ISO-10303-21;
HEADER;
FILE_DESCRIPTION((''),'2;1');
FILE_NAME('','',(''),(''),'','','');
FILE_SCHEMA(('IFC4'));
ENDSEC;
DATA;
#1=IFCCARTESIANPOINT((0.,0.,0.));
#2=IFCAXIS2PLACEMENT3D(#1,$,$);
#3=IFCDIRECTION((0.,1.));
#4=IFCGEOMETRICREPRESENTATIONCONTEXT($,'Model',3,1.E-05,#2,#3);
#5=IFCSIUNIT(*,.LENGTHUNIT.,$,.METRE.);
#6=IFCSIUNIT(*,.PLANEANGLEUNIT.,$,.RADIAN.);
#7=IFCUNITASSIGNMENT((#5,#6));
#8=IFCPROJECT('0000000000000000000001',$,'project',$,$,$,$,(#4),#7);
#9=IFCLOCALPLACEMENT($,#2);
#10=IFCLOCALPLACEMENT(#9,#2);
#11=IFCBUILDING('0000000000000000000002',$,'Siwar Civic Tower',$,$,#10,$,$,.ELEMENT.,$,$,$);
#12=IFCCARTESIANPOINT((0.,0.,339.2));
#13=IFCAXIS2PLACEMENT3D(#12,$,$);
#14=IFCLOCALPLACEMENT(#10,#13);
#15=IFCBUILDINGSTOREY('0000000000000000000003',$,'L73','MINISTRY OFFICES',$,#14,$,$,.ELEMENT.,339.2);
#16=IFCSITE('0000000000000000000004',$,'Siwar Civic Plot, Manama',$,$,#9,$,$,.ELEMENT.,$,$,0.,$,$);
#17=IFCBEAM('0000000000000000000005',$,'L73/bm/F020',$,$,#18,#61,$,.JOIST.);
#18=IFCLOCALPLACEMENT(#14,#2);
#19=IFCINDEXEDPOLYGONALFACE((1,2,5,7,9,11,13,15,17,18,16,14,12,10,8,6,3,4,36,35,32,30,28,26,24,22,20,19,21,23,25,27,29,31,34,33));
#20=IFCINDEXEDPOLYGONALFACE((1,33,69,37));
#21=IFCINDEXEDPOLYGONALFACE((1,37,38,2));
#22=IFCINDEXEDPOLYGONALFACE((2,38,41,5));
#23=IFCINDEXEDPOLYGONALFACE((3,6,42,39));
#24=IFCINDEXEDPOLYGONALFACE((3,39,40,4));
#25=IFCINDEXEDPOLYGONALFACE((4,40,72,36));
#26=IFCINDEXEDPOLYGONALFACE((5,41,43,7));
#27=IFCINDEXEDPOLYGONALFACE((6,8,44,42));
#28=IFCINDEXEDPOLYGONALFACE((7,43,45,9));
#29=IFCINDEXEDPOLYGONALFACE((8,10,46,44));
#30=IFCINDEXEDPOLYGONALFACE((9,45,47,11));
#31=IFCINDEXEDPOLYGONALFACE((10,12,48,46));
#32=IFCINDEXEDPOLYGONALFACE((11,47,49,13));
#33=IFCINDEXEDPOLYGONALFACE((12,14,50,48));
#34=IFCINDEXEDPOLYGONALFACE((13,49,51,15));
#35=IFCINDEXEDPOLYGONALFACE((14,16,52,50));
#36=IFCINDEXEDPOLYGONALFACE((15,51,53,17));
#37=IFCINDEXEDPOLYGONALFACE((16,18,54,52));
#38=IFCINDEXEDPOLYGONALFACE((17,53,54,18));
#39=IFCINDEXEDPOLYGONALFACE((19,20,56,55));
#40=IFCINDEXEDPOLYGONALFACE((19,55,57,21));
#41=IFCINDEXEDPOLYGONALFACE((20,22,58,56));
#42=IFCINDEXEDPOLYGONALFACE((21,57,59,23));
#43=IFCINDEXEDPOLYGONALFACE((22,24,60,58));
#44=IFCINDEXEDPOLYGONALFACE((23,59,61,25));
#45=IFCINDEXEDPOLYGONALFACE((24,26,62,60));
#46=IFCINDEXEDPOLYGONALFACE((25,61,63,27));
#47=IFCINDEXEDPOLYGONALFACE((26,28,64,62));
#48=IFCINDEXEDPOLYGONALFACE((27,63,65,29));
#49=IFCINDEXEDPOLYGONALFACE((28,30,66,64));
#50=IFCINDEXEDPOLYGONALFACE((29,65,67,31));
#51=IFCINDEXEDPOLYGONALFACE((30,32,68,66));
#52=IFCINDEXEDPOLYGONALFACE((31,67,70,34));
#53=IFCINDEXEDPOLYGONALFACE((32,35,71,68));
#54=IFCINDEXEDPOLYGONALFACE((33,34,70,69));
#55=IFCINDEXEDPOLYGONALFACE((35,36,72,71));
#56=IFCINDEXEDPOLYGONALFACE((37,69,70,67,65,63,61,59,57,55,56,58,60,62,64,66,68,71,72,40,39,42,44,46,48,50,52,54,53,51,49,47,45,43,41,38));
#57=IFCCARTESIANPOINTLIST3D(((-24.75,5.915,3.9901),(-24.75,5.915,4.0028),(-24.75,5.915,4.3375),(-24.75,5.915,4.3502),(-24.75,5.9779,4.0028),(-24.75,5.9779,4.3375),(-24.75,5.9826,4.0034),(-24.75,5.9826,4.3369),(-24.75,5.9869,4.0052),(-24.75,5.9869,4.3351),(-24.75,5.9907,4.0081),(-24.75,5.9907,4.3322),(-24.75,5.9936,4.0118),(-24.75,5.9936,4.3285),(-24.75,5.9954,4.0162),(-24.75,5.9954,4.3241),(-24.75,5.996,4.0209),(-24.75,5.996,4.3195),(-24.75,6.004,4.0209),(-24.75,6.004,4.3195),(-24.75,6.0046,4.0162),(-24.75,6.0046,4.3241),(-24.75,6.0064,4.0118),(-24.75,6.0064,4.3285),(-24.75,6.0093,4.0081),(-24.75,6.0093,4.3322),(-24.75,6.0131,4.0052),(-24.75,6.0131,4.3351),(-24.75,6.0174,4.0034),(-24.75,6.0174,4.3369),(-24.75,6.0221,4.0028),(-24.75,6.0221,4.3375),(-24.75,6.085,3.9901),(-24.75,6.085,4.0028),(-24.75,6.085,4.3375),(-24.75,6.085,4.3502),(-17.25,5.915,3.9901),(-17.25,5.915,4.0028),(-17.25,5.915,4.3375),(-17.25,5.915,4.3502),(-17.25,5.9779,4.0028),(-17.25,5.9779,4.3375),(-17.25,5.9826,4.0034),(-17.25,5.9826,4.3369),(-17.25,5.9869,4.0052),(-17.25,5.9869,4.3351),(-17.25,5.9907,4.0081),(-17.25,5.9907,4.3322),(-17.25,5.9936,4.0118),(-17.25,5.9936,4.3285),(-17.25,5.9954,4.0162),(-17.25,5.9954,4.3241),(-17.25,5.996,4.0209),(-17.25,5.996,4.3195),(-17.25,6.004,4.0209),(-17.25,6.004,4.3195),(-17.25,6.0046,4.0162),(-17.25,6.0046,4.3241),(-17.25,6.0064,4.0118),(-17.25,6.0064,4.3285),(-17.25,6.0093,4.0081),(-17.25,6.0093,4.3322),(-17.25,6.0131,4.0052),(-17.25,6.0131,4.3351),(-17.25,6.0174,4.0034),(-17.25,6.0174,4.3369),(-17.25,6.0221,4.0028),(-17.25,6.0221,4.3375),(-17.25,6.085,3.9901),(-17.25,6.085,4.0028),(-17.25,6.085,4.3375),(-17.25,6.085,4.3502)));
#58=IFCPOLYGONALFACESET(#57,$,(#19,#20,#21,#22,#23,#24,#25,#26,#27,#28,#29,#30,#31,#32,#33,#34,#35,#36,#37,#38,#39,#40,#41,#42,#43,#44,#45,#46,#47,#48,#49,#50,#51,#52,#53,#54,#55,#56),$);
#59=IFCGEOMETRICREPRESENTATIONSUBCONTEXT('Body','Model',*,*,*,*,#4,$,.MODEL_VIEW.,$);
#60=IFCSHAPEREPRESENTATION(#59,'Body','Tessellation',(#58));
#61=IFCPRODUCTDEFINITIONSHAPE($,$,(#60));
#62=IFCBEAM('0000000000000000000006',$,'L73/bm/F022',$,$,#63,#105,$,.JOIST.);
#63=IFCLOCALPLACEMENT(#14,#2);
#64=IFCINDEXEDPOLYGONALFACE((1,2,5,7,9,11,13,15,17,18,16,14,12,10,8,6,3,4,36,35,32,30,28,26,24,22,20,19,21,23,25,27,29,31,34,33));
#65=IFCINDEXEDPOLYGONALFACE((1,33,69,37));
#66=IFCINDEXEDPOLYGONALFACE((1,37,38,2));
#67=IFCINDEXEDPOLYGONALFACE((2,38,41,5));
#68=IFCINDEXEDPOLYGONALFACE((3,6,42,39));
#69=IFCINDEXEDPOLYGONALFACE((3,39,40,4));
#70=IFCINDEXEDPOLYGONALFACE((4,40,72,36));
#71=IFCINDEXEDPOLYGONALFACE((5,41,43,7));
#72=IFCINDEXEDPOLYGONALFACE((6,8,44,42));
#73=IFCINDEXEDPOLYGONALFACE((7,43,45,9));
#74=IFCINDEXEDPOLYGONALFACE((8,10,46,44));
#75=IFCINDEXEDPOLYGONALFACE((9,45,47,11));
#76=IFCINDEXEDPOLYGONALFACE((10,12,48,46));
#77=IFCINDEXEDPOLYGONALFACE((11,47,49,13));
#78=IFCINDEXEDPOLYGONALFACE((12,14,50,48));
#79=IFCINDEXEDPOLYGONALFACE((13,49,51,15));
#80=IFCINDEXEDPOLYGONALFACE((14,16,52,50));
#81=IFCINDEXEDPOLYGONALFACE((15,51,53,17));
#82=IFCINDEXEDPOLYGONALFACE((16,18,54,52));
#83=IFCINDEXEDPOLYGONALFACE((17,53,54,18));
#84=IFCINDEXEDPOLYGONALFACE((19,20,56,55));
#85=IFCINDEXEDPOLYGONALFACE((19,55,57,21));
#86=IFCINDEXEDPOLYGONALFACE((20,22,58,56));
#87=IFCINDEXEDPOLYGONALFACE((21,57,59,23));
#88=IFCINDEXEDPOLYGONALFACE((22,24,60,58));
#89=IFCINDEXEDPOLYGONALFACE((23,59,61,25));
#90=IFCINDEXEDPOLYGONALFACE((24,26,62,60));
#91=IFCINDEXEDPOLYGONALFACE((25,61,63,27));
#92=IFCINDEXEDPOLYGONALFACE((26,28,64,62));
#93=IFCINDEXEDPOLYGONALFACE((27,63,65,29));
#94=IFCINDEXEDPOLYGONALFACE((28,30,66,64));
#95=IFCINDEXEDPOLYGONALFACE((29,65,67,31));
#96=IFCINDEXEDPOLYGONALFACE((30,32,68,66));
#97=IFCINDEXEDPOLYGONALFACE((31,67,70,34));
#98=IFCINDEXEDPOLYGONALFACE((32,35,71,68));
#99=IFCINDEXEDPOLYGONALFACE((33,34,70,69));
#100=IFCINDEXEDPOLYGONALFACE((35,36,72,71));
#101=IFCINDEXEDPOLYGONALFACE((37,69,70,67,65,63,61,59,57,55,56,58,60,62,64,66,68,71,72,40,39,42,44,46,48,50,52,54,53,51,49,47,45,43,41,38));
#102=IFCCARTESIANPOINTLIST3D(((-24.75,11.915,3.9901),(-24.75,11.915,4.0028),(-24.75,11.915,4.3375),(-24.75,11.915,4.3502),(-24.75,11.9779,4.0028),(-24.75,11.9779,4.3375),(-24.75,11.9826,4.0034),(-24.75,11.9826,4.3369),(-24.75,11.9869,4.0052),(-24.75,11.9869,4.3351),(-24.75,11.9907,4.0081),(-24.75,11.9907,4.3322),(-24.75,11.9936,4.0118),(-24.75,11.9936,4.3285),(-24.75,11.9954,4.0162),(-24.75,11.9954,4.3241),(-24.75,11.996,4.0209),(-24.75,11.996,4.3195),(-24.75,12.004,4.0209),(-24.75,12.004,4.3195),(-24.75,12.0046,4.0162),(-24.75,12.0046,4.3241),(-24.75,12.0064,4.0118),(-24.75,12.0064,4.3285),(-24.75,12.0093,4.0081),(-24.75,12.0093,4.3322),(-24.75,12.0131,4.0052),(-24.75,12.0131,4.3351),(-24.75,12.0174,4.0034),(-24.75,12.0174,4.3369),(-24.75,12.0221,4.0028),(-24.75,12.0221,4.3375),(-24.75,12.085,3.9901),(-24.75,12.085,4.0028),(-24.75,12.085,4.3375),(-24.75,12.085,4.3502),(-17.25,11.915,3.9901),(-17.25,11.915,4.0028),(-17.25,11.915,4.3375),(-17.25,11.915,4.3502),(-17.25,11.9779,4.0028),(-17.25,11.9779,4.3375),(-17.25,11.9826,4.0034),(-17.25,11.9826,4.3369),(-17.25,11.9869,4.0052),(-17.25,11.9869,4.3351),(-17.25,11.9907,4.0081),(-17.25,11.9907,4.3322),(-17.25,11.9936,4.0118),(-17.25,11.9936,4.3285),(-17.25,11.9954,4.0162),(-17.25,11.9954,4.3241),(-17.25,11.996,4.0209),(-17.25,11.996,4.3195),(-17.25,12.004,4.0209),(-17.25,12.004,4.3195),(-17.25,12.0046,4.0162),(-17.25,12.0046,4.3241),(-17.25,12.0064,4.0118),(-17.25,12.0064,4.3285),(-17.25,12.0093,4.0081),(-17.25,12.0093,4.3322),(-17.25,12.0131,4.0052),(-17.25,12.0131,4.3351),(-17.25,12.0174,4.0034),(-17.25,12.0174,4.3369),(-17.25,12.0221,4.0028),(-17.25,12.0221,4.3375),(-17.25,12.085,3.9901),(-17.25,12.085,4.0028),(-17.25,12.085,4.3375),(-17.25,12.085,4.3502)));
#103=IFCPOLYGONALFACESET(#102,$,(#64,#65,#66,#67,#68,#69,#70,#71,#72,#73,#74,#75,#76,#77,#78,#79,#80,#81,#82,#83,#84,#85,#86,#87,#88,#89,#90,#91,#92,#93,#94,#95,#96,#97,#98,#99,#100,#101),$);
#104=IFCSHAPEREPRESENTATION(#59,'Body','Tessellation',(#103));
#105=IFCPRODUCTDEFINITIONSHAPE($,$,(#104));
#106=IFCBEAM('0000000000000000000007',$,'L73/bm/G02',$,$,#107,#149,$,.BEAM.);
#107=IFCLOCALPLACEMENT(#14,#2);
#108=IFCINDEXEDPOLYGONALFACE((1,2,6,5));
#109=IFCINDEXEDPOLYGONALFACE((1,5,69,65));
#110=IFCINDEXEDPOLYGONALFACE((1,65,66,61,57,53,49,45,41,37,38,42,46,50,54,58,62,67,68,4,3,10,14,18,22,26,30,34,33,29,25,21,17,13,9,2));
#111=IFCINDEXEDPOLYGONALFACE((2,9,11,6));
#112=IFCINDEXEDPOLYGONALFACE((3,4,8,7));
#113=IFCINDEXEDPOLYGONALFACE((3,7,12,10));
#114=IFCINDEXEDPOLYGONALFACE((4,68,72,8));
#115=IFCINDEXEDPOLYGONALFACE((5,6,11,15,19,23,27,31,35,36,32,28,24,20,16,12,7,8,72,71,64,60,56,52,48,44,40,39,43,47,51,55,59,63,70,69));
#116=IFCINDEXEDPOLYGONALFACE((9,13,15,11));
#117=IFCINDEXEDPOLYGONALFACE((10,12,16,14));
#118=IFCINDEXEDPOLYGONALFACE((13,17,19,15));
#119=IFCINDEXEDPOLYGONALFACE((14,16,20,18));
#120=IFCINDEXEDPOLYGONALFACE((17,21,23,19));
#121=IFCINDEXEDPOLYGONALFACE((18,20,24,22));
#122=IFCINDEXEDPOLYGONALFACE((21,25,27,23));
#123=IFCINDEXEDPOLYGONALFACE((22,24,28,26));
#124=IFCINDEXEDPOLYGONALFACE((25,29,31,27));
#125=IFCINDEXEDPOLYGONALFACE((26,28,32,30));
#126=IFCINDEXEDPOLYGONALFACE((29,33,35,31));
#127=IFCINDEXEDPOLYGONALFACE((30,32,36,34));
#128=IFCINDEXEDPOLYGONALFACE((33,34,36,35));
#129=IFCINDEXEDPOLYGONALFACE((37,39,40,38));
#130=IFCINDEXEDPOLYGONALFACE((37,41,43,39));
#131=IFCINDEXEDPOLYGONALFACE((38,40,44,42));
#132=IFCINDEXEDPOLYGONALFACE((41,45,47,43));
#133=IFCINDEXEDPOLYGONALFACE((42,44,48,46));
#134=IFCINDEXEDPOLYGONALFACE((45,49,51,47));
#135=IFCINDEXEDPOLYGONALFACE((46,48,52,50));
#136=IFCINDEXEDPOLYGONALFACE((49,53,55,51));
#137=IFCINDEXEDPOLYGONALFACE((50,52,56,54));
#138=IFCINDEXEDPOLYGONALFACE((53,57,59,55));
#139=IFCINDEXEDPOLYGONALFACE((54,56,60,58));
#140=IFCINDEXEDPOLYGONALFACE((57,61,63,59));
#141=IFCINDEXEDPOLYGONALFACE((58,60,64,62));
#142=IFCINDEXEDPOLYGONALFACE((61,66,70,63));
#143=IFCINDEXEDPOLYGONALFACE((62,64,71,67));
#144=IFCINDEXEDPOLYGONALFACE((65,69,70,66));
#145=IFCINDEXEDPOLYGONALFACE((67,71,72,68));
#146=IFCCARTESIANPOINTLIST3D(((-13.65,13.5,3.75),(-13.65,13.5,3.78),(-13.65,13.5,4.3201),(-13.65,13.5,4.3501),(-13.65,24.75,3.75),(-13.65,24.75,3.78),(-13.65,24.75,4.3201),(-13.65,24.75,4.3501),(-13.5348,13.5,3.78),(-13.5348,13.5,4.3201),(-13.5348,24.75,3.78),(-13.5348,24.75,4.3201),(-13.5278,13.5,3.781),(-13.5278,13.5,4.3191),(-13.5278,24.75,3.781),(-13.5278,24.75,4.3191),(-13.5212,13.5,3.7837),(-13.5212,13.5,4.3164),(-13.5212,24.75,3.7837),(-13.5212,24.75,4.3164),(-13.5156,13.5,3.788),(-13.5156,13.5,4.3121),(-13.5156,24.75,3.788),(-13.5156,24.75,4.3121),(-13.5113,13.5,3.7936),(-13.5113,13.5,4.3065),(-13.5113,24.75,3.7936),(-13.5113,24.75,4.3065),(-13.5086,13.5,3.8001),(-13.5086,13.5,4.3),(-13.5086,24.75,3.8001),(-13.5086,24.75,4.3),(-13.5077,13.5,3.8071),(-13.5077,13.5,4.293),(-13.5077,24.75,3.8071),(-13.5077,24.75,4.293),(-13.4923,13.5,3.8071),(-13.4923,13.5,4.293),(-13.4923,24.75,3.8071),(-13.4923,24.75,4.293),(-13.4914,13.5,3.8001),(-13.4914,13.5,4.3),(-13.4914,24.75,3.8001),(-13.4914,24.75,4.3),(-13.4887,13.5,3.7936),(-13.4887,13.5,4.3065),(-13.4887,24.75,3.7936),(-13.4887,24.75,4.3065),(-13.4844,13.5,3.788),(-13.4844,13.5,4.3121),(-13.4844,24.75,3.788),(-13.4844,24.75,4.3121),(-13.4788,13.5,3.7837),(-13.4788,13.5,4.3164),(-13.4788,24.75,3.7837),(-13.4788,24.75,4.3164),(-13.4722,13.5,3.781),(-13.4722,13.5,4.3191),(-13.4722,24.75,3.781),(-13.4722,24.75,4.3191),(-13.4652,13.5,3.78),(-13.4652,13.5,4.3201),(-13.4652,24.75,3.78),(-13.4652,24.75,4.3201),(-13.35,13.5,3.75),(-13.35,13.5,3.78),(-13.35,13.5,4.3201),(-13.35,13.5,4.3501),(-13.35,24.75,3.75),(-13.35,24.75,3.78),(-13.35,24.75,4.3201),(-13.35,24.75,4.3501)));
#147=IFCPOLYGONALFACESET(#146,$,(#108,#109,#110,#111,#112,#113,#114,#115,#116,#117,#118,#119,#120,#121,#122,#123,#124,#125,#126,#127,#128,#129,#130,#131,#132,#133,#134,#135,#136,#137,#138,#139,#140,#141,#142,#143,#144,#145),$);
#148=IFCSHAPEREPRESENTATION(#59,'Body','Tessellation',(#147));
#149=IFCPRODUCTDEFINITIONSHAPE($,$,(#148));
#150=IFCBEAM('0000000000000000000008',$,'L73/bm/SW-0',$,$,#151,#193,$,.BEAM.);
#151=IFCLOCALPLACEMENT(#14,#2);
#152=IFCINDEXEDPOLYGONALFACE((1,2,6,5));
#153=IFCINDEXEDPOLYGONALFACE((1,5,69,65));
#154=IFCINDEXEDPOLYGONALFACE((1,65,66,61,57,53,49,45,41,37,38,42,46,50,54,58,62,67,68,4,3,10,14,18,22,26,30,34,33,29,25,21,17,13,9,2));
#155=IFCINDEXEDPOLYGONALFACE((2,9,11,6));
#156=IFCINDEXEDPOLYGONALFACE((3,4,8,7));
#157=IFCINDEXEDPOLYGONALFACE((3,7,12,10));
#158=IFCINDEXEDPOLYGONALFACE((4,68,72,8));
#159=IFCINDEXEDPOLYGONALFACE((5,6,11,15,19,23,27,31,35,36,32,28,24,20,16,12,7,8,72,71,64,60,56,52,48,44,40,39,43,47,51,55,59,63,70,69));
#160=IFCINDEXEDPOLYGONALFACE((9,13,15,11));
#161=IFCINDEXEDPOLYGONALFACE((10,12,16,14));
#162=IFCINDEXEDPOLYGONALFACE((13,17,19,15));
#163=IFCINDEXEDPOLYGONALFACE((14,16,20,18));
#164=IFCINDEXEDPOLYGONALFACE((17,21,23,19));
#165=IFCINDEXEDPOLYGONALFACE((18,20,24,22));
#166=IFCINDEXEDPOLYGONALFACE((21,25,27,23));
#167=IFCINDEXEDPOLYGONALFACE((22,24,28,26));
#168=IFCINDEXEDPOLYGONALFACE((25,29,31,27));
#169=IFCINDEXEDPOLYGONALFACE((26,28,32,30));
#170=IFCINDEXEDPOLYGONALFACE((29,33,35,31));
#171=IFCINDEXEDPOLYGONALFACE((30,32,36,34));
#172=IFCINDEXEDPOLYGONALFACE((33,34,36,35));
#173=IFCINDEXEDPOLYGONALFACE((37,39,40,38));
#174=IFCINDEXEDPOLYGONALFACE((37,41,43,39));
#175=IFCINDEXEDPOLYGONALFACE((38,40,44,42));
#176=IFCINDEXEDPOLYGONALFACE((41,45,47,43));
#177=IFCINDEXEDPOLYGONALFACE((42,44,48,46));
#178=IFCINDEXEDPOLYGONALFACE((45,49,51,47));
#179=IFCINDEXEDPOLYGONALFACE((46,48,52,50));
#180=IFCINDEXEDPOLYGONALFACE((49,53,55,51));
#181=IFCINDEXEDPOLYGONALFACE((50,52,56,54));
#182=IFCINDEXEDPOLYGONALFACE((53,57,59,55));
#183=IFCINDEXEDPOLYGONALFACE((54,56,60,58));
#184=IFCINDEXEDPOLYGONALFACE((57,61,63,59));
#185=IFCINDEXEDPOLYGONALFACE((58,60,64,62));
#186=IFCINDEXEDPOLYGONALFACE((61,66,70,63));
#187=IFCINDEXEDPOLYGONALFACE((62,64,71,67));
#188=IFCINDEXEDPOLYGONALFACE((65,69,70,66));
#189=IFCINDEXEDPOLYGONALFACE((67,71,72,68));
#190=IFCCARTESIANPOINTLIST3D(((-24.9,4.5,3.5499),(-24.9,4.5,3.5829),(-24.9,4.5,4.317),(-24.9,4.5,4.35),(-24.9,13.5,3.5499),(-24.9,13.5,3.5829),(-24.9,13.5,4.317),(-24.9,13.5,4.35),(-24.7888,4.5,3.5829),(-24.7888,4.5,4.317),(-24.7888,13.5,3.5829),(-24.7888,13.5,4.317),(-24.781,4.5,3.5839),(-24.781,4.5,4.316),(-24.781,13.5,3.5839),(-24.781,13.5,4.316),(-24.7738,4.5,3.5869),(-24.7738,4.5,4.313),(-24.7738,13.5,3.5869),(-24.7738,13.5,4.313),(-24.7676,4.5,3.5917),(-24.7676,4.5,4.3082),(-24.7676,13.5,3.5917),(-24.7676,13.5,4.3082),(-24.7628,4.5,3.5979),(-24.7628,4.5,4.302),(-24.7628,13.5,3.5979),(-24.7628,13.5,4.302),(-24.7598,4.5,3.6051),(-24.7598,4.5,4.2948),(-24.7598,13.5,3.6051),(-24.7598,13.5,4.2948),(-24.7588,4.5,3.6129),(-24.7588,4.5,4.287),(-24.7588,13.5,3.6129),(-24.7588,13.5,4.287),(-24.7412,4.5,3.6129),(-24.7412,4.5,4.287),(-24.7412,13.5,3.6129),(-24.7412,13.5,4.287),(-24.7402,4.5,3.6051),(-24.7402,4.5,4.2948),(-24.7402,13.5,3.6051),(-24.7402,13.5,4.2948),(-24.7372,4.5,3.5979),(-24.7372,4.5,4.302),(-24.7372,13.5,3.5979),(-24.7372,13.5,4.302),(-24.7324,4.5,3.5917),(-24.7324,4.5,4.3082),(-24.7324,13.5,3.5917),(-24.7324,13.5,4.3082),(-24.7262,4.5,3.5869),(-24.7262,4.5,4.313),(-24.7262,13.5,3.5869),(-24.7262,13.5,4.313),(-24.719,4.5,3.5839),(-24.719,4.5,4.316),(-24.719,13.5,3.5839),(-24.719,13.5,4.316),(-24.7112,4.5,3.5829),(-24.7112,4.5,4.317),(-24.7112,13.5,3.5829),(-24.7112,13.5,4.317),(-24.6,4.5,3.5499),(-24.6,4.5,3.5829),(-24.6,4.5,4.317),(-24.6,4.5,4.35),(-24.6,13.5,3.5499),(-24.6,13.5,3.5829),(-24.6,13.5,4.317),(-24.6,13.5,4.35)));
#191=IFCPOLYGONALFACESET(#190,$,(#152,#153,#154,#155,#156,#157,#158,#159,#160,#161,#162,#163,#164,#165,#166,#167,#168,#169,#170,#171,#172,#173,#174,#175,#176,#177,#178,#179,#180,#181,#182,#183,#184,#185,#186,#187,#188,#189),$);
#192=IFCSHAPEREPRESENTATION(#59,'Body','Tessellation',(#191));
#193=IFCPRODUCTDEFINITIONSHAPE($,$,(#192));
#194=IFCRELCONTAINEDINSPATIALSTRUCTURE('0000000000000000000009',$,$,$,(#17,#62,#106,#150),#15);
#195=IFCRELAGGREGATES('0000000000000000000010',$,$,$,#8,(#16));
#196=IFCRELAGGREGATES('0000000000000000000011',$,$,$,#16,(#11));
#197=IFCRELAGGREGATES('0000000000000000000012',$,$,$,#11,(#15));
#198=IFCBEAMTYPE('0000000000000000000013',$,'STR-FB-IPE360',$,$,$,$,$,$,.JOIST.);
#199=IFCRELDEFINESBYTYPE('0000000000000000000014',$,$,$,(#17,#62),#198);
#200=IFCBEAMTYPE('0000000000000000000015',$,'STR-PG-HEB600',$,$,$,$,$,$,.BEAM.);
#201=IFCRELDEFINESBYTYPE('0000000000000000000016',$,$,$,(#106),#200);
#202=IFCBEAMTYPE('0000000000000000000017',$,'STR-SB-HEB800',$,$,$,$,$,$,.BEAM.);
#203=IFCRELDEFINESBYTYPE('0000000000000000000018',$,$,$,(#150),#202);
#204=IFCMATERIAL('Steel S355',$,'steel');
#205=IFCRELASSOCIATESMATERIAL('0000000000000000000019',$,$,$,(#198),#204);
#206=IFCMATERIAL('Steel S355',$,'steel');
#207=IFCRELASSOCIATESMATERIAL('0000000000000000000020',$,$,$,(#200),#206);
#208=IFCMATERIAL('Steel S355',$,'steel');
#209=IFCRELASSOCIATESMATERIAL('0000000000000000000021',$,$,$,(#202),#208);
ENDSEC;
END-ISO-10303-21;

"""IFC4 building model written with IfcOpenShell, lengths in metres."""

from ifc_helpers import new_model, si_unit, direction, frame, origin, origin_2d, place, context, subcontext, project, spatial, i_section, extrude, material, material_profile, profile_set, type_object, element, save


model = new_model("IFC4")

# Units and contexts
model_context = context("Model", 3, precision=1e-05, world=origin(), true_north=direction((0.0, 1.0)))
body_context = subcontext(model_context, "Body", "Model", "MODEL_VIEW")
ifc_project = project(units=[si_unit("LENGTHUNIT", "METRE"), si_unit("PLANEANGLEUNIT", "RADIAN")], contexts=[model_context])

# Site, building, storey
site_placement = place(None, origin())
site = spatial("IfcSite", under=ifc_project, at=site_placement, Name="Siwar Civic Plot, Manama", CompositionType="ELEMENT", RefElevation=0.0)
building_placement = place(site_placement, origin())
building = spatial("IfcBuilding", under=site, at=building_placement, Name="Siwar Civic Tower", CompositionType="ELEMENT")
storey_placement = place(building_placement, frame((0.0, 0.0, 339.2)))
storey = spatial("IfcBuildingStorey", under=building, at=storey_placement, Name="L73", Description="MINISTRY OFFICES", CompositionType="ELEMENT", Elevation=339.2)

# Beams
ifc_material_1 = material(Name="Steel S355", Category="steel")
ifc_material_profile_1 = material_profile(ifc_material_1, i_section(OverallWidth=0.1699, OverallDepth=0.3601, WebThickness=0.0081, FlangeThickness=0.0127, FilletRadius=0.0181, at=origin_2d()), Name="IPE360")
ifc_profile_set_1 = profile_set([ifc_material_profile_1], Name="Steel S355")
beam_type_1 = type_object("IfcBeamType", Name="STR-FB-IPE360", PredefinedType="JOIST", material=ifc_profile_set_1)
for number, where, z_axis, x_axis, name in (
    (1, (-24.75, 6.0, 4.1702), (1.0, 0.0, 0.0), (0.0, 1.0, 0.0), "L73/bm/F020"),
    (2, (-24.75, 12.0, 4.1702), (1.0, 0.0, 0.0), (0.0, 1.0, 0.0), "L73/bm/F022"),
):
    element("IfcBeam", number, at=place(storey_placement, frame(where, z_axis=z_axis, x_axis=x_axis)), inside=storey, type_object=beam_type_1, Name=name, PredefinedType="JOIST", context=body_context, shape_type="SweptSolid", body=[
        extrude(i_section(OverallWidth=0.1699, OverallDepth=0.3601, WebThickness=0.0081, FlangeThickness=0.0127, FilletRadius=0.0181, at=origin_2d()), origin(), (0.0, 0.0, 1.0), 7.5),
    ])
ifc_material_2 = material(Name="Steel S355", Category="steel")
ifc_material_profile_2 = material_profile(ifc_material_2, i_section(OverallWidth=0.3, OverallDepth=0.6001, WebThickness=0.0154, FlangeThickness=0.03, FilletRadius=0.0271, at=origin_2d()), Name="HEB600")
ifc_profile_set_2 = profile_set([ifc_material_profile_2], Name="Steel S355")
beam_type_2 = type_object("IfcBeamType", Name="STR-PG-HEB600", PredefinedType="BEAM", material=ifc_profile_set_2)
beam_placement = place(storey_placement, frame((-13.5, 13.5, 4.05), z_axis=(0.0, 1.0, 0.0), x_axis=(-1.0, 0.0, 0.0)))
element("IfcBeam", 3, at=beam_placement, inside=storey, type_object=beam_type_2, Name="L73/bm/G02", PredefinedType="BEAM", context=body_context, shape_type="SweptSolid", body=[
    extrude(i_section(OverallWidth=0.3, OverallDepth=0.6001, WebThickness=0.0154, FlangeThickness=0.03, FilletRadius=0.0271, at=origin_2d()), origin(), (0.0, 0.0, 1.0), 11.25),
])
ifc_material_3 = material(Name="Steel S355", Category="steel")
ifc_material_profile_3 = material_profile(ifc_material_3, i_section(OverallWidth=0.3, OverallDepth=0.8, WebThickness=0.0176, FlangeThickness=0.033, FilletRadius=0.03, at=origin_2d()), Name="HEB800")
ifc_profile_set_3 = profile_set([ifc_material_profile_3], Name="Steel S355")
beam_type_3 = type_object("IfcBeamType", Name="STR-SB-HEB800", PredefinedType="BEAM", material=ifc_profile_set_3)
for number, where, z_axis, x_axis, name in (
    (4, (-24.75, 13.5, 3.95), (0.0, -1.0, 0.0), (1.0, 0.0, 0.0), "L73/bm/SW-0"),
):
    element("IfcBeam", number, at=place(storey_placement, frame(where, z_axis=z_axis, x_axis=x_axis)), inside=storey, type_object=beam_type_3, Name=name, PredefinedType="BEAM", context=body_context, shape_type="SweptSolid", body=[
        extrude(i_section(OverallWidth=0.3, OverallDepth=0.8, WebThickness=0.0176, FlangeThickness=0.033, FilletRadius=0.03, at=origin_2d()), origin(), (0.0, 0.0, 1.0), 9.0),
    ])

save(model, "model.ifc")
